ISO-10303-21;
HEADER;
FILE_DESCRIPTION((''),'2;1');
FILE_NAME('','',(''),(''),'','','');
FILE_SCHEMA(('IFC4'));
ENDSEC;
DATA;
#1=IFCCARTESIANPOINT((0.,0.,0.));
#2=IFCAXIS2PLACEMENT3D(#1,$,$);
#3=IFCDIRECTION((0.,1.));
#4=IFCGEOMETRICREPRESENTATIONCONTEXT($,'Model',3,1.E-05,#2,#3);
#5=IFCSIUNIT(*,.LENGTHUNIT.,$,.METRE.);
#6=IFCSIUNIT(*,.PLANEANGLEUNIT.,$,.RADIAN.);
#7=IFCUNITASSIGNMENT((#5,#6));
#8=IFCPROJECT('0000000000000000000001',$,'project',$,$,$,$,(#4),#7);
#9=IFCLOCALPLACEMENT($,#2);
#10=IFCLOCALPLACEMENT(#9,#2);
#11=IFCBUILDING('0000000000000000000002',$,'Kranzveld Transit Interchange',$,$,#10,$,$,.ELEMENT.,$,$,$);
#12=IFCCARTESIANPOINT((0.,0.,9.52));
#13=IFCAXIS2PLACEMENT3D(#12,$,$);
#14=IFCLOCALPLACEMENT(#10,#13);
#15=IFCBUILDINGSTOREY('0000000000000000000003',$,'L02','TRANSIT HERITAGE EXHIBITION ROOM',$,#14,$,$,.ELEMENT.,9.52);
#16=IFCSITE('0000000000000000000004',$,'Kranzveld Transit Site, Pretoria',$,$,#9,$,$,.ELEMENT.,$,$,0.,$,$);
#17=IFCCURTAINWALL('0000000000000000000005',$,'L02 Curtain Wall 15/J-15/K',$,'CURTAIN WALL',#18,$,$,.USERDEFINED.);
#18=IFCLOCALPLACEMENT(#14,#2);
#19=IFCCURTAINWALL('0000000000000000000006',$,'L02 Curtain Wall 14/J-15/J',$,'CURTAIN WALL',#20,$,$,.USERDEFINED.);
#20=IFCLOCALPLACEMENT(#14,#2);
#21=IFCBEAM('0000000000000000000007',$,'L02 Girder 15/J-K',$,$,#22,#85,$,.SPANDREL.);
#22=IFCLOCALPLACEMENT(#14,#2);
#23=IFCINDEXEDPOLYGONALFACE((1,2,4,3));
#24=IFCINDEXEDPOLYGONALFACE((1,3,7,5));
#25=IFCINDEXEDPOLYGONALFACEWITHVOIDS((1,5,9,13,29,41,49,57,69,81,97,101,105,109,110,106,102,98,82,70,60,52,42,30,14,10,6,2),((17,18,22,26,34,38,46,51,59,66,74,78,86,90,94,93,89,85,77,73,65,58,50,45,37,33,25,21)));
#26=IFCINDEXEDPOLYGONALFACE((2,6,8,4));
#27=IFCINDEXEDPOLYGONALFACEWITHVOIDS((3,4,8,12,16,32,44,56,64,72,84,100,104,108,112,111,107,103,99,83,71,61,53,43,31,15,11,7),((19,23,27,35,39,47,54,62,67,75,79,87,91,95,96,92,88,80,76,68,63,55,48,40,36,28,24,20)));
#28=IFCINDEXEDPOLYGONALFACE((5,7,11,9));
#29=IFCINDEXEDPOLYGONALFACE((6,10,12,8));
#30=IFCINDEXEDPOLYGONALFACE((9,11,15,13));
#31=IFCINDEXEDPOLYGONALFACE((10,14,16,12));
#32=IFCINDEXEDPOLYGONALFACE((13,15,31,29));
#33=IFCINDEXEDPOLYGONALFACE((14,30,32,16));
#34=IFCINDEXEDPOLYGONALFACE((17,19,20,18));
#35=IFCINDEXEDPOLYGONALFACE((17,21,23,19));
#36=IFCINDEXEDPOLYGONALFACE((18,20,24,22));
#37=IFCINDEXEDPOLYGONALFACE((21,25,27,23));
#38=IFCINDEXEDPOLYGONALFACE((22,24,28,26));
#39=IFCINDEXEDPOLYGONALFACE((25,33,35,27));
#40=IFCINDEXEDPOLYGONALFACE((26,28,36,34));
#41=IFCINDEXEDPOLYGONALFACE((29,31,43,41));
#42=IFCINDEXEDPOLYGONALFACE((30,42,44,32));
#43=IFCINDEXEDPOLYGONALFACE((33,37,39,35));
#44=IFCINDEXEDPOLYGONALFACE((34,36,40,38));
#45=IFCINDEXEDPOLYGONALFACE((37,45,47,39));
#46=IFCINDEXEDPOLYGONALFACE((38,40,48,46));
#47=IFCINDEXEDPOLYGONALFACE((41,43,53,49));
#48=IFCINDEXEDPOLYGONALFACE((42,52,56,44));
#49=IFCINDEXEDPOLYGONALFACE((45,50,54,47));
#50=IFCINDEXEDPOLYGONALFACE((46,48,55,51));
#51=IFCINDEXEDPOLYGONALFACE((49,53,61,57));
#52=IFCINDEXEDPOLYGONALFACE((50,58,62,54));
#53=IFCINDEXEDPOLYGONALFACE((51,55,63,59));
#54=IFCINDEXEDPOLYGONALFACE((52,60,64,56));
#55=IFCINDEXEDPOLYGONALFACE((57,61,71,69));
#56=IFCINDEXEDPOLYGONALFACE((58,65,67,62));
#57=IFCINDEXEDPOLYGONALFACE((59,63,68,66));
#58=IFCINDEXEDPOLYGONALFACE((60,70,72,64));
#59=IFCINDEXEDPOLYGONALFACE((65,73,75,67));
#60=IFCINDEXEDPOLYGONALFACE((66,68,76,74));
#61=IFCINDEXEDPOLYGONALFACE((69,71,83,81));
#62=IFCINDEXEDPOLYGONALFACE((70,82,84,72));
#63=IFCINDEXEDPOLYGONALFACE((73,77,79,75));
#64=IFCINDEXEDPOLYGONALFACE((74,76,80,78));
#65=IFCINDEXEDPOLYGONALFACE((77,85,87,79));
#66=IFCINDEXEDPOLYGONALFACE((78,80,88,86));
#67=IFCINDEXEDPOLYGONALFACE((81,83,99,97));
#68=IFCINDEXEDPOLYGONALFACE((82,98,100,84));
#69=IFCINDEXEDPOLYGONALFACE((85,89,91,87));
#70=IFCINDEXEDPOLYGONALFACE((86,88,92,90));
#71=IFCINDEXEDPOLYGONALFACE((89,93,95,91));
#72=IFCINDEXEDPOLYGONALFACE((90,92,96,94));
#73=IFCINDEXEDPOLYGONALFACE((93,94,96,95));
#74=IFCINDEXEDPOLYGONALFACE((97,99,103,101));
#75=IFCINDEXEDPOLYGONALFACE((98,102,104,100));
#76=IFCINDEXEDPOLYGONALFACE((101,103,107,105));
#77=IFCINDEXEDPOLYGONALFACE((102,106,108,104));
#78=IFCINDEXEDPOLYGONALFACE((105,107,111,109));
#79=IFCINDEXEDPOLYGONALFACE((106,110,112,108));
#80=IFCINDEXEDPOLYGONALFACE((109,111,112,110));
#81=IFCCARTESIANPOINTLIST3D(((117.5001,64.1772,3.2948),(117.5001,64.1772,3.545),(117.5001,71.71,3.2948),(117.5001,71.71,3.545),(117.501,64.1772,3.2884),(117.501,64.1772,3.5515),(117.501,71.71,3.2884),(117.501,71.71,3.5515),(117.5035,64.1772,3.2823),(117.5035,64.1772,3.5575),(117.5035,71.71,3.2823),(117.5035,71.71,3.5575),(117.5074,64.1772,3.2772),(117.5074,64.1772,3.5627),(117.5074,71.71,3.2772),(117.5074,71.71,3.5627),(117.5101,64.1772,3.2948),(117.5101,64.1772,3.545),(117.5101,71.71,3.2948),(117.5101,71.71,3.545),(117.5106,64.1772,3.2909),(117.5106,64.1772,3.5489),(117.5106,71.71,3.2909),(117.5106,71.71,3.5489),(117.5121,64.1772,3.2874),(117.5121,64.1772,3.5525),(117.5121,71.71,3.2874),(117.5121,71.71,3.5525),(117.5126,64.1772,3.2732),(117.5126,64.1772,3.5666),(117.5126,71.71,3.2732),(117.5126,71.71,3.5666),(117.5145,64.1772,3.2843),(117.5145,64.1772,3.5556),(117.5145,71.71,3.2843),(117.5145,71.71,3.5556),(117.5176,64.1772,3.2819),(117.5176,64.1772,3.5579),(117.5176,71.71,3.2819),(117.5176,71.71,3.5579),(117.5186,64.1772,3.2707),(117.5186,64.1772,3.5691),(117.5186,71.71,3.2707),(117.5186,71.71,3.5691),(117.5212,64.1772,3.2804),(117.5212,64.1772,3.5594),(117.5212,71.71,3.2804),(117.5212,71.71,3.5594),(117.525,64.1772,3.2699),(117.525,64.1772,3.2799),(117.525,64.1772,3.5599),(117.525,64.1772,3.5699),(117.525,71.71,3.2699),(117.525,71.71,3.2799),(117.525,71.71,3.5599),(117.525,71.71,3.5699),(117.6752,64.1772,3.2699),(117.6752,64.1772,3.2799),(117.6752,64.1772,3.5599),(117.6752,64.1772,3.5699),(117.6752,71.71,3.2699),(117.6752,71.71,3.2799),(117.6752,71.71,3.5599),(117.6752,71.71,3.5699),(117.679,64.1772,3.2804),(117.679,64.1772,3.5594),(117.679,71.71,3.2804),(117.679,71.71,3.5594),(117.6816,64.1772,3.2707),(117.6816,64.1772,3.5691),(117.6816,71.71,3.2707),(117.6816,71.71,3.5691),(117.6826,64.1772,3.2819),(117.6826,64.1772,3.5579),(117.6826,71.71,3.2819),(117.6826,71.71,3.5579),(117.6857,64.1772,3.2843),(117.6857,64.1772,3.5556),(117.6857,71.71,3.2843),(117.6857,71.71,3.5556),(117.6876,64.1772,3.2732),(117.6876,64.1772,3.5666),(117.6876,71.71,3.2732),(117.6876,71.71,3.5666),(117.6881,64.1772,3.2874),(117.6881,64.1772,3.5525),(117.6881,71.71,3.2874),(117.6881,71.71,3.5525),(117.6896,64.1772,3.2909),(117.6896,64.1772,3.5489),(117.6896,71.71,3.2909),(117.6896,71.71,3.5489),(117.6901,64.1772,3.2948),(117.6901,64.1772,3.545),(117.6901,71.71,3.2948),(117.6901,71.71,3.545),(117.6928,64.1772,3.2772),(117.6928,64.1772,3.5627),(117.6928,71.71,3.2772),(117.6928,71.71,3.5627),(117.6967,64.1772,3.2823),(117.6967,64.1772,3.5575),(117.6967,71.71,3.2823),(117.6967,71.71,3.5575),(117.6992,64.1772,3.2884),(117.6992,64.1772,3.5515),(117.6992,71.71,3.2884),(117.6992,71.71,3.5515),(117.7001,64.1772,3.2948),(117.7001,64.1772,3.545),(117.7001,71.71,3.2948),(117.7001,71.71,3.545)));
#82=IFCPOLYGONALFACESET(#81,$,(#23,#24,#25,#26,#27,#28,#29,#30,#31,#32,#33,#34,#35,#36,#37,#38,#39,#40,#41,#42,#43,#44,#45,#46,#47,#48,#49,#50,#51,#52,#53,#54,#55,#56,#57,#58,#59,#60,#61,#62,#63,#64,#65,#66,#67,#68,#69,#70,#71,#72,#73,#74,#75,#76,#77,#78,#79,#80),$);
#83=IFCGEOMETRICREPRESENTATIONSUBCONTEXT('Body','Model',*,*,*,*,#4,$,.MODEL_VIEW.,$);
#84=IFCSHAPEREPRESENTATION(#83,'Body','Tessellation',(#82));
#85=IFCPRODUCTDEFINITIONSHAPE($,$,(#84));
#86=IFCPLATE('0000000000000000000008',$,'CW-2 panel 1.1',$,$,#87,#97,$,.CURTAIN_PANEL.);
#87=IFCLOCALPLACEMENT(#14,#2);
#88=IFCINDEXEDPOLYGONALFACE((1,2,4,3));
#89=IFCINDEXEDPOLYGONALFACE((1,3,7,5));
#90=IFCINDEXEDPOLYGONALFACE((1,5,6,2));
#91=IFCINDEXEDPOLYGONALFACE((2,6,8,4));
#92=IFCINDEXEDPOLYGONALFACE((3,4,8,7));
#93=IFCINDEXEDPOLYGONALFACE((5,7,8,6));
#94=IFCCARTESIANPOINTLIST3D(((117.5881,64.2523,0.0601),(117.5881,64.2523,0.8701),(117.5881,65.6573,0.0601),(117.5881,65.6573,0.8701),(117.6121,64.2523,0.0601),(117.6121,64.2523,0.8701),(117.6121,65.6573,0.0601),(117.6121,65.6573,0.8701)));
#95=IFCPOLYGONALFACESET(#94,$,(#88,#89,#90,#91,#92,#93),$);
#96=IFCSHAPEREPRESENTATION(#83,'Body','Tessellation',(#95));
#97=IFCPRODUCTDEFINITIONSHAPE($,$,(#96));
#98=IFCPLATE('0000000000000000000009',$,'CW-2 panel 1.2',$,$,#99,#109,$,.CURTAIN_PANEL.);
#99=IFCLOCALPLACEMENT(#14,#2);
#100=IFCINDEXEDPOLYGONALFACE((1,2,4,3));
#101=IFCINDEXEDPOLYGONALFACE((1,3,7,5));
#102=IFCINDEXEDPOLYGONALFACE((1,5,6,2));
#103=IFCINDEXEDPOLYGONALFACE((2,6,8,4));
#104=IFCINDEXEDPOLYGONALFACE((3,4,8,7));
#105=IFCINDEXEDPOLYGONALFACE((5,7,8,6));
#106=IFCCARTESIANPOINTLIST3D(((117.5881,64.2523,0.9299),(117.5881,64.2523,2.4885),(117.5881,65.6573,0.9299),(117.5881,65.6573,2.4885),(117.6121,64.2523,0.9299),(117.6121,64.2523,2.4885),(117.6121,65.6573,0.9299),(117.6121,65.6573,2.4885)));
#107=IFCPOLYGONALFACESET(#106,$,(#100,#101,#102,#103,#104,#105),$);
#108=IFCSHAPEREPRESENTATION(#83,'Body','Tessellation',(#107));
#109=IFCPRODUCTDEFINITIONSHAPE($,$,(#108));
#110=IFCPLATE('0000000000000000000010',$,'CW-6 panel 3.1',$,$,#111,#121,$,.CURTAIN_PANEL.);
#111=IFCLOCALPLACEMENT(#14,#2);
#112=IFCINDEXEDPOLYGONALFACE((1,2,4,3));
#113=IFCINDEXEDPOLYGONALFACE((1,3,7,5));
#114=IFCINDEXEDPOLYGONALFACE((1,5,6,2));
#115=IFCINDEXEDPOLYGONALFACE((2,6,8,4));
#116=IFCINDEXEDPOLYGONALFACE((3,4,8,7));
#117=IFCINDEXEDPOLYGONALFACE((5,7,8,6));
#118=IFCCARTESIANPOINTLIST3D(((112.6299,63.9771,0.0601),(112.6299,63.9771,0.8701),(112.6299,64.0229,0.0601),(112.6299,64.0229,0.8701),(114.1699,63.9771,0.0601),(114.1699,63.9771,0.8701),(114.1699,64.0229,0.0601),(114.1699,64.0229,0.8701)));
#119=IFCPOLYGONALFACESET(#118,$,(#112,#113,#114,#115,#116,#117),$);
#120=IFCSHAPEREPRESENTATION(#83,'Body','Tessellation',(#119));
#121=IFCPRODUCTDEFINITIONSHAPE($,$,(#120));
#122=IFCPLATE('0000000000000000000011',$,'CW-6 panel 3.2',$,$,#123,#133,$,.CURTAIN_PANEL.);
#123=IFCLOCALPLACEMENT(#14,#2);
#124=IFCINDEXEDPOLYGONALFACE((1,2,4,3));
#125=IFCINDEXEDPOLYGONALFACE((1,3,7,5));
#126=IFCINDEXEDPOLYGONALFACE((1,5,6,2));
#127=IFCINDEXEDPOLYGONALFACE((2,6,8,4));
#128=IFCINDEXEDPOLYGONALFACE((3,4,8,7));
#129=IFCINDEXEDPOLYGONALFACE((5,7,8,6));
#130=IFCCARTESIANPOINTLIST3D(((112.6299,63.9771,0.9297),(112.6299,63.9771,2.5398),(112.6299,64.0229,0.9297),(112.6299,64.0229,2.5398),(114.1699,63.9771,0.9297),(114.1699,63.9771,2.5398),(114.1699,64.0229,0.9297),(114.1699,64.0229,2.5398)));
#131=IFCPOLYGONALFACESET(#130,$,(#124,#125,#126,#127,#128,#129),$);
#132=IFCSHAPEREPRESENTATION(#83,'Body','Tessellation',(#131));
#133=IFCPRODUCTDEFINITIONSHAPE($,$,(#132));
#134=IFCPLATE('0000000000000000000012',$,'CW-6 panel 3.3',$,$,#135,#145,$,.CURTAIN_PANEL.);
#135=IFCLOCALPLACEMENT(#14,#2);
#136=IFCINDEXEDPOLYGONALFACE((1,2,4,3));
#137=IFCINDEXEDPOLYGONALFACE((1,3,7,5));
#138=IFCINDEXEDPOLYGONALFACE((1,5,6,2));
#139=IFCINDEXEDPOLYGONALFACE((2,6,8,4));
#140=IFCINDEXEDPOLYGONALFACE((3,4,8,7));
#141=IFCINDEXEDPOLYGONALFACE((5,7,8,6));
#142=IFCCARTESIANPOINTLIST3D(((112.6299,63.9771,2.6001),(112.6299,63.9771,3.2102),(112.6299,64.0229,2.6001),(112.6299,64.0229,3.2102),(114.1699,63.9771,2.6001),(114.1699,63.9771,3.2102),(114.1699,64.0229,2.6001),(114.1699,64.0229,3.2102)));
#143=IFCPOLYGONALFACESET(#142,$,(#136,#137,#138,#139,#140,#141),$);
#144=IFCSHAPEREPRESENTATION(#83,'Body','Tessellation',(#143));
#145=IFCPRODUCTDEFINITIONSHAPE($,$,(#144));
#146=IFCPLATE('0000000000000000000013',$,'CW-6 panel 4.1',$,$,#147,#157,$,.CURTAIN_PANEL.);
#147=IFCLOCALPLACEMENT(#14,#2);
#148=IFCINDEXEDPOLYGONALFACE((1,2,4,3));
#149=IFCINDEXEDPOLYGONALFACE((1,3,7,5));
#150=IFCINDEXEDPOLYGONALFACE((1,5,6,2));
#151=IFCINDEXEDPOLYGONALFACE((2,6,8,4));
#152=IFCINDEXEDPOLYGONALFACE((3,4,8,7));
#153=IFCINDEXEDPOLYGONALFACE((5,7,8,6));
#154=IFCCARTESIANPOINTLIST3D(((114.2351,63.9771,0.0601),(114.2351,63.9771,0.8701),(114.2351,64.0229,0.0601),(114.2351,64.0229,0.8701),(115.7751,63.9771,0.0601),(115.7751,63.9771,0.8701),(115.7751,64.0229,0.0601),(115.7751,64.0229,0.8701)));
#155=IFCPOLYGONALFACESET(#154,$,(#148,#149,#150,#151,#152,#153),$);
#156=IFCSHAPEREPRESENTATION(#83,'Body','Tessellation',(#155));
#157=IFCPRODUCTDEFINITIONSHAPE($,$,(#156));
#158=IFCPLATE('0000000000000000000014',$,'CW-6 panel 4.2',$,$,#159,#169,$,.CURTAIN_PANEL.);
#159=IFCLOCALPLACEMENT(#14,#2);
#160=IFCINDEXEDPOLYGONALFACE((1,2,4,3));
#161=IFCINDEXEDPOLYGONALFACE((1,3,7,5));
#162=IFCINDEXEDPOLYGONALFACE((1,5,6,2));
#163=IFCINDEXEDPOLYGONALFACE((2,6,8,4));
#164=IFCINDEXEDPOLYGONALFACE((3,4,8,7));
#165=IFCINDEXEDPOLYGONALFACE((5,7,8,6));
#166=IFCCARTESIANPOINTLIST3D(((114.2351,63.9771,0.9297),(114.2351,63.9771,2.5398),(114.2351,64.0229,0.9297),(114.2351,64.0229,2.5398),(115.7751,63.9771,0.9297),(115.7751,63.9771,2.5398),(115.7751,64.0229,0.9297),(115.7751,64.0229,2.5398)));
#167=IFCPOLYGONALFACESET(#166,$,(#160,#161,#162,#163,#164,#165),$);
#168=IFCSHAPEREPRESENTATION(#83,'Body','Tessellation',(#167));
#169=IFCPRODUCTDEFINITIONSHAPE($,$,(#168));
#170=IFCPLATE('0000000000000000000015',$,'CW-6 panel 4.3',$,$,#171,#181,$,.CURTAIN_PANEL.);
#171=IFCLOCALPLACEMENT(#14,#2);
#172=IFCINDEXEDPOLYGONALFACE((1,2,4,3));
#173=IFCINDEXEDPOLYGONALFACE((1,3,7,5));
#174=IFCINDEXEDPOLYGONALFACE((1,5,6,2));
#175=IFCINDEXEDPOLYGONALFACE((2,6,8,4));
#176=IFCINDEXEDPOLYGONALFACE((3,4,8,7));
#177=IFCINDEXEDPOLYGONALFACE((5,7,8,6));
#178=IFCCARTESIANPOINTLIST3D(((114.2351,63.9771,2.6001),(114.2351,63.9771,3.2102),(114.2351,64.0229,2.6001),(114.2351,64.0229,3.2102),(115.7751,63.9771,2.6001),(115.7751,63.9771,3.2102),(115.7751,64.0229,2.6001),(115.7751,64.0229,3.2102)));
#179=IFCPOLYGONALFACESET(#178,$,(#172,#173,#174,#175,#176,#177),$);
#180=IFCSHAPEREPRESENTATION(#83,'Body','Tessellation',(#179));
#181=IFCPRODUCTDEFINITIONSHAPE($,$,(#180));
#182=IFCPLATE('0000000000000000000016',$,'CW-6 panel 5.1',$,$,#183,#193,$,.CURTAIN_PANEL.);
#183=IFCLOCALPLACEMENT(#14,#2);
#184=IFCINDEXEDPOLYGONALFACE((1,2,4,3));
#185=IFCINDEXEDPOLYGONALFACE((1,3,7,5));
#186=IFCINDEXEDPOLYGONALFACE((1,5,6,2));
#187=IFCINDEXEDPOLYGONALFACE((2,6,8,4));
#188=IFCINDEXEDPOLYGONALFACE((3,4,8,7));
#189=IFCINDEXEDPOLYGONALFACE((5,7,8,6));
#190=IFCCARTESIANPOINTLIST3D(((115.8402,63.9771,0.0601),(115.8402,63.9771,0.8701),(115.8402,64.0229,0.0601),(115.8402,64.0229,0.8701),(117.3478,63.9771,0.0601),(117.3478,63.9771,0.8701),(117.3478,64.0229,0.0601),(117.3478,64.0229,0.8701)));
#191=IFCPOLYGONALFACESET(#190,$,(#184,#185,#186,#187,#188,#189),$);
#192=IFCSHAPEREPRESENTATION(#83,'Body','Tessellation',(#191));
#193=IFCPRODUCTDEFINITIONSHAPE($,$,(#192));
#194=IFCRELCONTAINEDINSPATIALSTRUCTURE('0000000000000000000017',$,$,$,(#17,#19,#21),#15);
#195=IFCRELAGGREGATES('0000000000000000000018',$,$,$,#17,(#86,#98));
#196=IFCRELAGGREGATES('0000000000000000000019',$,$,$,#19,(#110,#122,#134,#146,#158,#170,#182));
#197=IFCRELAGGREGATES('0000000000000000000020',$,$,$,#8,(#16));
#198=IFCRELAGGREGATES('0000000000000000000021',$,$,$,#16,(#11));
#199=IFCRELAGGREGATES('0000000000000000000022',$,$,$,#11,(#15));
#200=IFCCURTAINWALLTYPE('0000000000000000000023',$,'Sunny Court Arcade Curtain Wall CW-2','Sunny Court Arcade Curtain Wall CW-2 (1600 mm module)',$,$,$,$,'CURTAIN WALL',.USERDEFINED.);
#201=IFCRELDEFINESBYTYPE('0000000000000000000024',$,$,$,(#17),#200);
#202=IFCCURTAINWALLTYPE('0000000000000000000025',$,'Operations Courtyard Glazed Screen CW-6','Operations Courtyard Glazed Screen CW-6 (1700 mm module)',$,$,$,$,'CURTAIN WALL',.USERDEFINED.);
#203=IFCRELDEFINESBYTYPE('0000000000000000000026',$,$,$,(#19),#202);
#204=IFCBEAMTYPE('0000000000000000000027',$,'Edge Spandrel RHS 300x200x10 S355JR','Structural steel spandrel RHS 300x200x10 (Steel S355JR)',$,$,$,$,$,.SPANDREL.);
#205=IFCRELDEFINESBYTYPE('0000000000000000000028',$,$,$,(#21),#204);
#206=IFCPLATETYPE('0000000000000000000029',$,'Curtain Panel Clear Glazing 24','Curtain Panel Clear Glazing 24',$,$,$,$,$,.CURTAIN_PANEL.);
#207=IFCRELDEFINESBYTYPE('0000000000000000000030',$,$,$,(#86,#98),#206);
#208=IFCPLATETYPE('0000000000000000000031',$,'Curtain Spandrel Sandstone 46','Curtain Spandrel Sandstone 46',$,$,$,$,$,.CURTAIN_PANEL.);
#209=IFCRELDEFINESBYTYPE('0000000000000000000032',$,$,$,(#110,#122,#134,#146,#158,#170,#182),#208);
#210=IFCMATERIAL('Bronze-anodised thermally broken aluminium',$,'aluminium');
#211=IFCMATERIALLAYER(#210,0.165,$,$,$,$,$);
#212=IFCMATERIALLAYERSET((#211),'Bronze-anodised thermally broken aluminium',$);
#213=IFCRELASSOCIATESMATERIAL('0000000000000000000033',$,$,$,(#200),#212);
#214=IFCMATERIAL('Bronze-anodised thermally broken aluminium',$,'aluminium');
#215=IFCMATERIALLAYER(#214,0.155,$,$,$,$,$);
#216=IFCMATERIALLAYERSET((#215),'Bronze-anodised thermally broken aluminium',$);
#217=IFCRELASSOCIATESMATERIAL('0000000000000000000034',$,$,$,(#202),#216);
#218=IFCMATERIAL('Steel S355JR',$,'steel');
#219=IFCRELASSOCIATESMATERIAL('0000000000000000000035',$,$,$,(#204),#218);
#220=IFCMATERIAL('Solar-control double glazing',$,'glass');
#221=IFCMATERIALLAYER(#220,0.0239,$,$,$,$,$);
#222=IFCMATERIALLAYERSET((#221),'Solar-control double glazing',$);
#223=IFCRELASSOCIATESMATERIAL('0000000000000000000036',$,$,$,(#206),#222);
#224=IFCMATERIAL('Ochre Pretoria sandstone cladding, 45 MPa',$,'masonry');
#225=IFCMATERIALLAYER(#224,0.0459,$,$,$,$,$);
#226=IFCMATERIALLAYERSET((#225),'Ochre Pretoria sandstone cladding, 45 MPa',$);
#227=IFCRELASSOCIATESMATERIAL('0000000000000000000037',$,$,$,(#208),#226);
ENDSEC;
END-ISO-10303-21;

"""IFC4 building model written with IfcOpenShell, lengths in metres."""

from ifc_helpers import new_model, si_unit, direction, frame, origin, origin_2d, place, context, subcontext, project, spatial, rectangle, hollow_rectangle, extrude, material, layer, layer_set, material_profile, profile_set, type_object, element, aggregate, save


model = new_model("IFC4")

# Units and contexts
model_context = context("Model", 3, precision=1e-05, world=origin(), true_north=direction((0.0, 1.0)))
body_context = subcontext(model_context, "Body", "Model", "MODEL_VIEW")
ifc_project = project(units=[si_unit("LENGTHUNIT", "METRE"), si_unit("PLANEANGLEUNIT", "RADIAN")], contexts=[model_context])

# Site, building, storey
site_placement = place(None, origin())
site = spatial("IfcSite", under=ifc_project, at=site_placement, Name="Kranzveld Transit Site, Pretoria", CompositionType="ELEMENT", RefElevation=0.0)
building_placement = place(site_placement, origin())
building = spatial("IfcBuilding", under=site, at=building_placement, Name="Kranzveld Transit Interchange", CompositionType="ELEMENT")
storey_placement = place(building_placement, frame((0.0, 0.0, 9.52)))
storey = spatial("IfcBuildingStorey", under=building, at=storey_placement, Name="L02", Description="TRANSIT HERITAGE EXHIBITION ROOM", CompositionType="ELEMENT", Elevation=9.52)

# Curtain wall
ifc_material_1 = material(Name="Bronze-anodised thermally broken aluminium", Category="aluminium")
ifc_layer_1 = layer(ifc_material_1, 0.165)
ifc_layer_set_1 = layer_set([ifc_layer_1], Name="Bronze-anodised thermally broken aluminium")
curtain_wall_type_1 = type_object("IfcCurtainWallType", Name="Sunny Court Arcade Curtain Wall CW-2", Description="Sunny Court Arcade Curtain Wall CW-2 (1600 mm module)", ElementType="CURTAIN WALL", PredefinedType="USERDEFINED", material=ifc_layer_set_1)
curtain_wall_1_placement = place(storey_placement, origin())
curtain_wall_1 = element("IfcCurtainWall", 1, at=curtain_wall_1_placement, inside=storey, type_object=curtain_wall_type_1, Name="L02 Curtain Wall 15/J-15/K", ObjectType="CURTAIN WALL", PredefinedType="USERDEFINED")

# Curtain wall
ifc_material_2 = material(Name="Bronze-anodised thermally broken aluminium", Category="aluminium")
ifc_layer_2 = layer(ifc_material_2, 0.155)
ifc_layer_set_2 = layer_set([ifc_layer_2], Name="Bronze-anodised thermally broken aluminium")
curtain_wall_type_2 = type_object("IfcCurtainWallType", Name="Operations Courtyard Glazed Screen CW-6", Description="Operations Courtyard Glazed Screen CW-6 (1700 mm module)", ElementType="CURTAIN WALL", PredefinedType="USERDEFINED", material=ifc_layer_set_2)
curtain_wall_2_placement = place(storey_placement, origin())
curtain_wall_2 = element("IfcCurtainWall", 2, at=curtain_wall_2_placement, inside=storey, type_object=curtain_wall_type_2, Name="L02 Curtain Wall 14/J-15/J", ObjectType="CURTAIN WALL", PredefinedType="USERDEFINED")

# Beam
ifc_material_3 = material(Name="Steel S355JR", Category="steel")
ifc_material_profile_1 = material_profile(ifc_material_3, hollow_rectangle(XDim=0.2, YDim=0.3, WallThickness=0.01, InnerFilletRadius=0.0149, OuterFilletRadius=0.0249, at=origin_2d()), Name="RHS 300x200x10")
ifc_profile_set_1 = profile_set([ifc_material_profile_1], Name="Steel S355JR")
beam_type_1 = type_object("IfcBeamType", Name="Edge Spandrel RHS 300x200x10 S355JR", Description="Structural steel spandrel RHS 300x200x10 (Steel S355JR)", PredefinedType="SPANDREL", material=ifc_profile_set_1)
beam_1_placement = place(storey_placement, frame((117.6001, 64.1772, 3.4199), z_axis=(0.0, 1.0, 0.0), x_axis=(-1.0, 0.0, 0.0)))
element("IfcBeam", 3, at=beam_1_placement, inside=storey, type_object=beam_type_1, Name="L02 Girder 15/J-K", PredefinedType="SPANDREL", context=body_context, shape_type="SweptSolid", body=[
    extrude(hollow_rectangle(XDim=0.2, YDim=0.3, WallThickness=0.01, InnerFilletRadius=0.0149, OuterFilletRadius=0.0249, at=origin_2d()), origin(), (0.0, 0.0, 1.0), 7.5327),
])

# Plates
ifc_material_4 = material(Name="Solar-control double glazing", Category="glass")
ifc_layer_3 = layer(ifc_material_4, 0.0239)
ifc_layer_set_3 = layer_set([ifc_layer_3], Name="Solar-control double glazing")
plate_type_1 = type_object("IfcPlateType", Name="Curtain Panel Clear Glazing 24", Description="Curtain Panel Clear Glazing 24", PredefinedType="CURTAIN_PANEL", material=ifc_layer_set_3)
plate_1_placement = place(storey_placement, frame((117.6001, 64.9548, 0.0601), z_axis=(0.0, 0.0, 1.0), x_axis=(0.0, 1.0, 0.0)))
plate_1 = element("IfcPlate", 4, at=plate_1_placement, type_object=plate_type_1, Name="CW-2 panel 1.1", PredefinedType="CURTAIN_PANEL", context=body_context, shape_type="SweptSolid", body=[
    extrude(rectangle(XDim=1.405, YDim=0.0239, at=origin_2d()), origin(), (0.0, 0.0, 1.0), 0.8101),
])
plate_2_placement = place(storey_placement, frame((117.6001, 64.9548, 0.9299), z_axis=(0.0, 0.0, 1.0), x_axis=(0.0, 1.0, 0.0)))
plate_2 = element("IfcPlate", 5, at=plate_2_placement, type_object=plate_type_1, Name="CW-2 panel 1.2", PredefinedType="CURTAIN_PANEL", context=body_context, shape_type="SweptSolid", body=[
    extrude(rectangle(XDim=1.405, YDim=0.0239, at=origin_2d()), origin(), (0.0, 0.0, 1.0), 1.5586),
])
aggregate(curtain_wall_1, [plate_1, plate_2])
ifc_material_5 = material(Name="Ochre Pretoria sandstone cladding, 45 MPa", Category="masonry")
ifc_layer_4 = layer(ifc_material_5, 0.0459)
ifc_layer_set_4 = layer_set([ifc_layer_4], Name="Ochre Pretoria sandstone cladding, 45 MPa")
plate_type_2 = type_object("IfcPlateType", Name="Curtain Spandrel Sandstone 46", Description="Curtain Spandrel Sandstone 46", PredefinedType="CURTAIN_PANEL", material=ifc_layer_set_4)
plate_3_placement = place(storey_placement, frame((113.3999, 64.0, 0.0601), z_axis=(0.0, 0.0, 1.0), x_axis=(1.0, 0.0, 0.0)))
plate_3 = element("IfcPlate", 6, at=plate_3_placement, type_object=plate_type_2, Name="CW-6 panel 3.1", PredefinedType="CURTAIN_PANEL", context=body_context, shape_type="SweptSolid", body=[
    extrude(rectangle(XDim=1.54, YDim=0.0459, at=origin_2d()), origin(), (0.0, 0.0, 1.0), 0.8101),
])
plate_4_placement = place(storey_placement, frame((113.3999, 64.0, 0.9297), z_axis=(0.0, 0.0, 1.0), x_axis=(1.0, 0.0, 0.0)))
plate_4 = element("IfcPlate", 7, at=plate_4_placement, type_object=plate_type_2, Name="CW-6 panel 3.2", PredefinedType="CURTAIN_PANEL", context=body_context, shape_type="SweptSolid", body=[
    extrude(rectangle(XDim=1.54, YDim=0.0459, at=origin_2d()), origin(), (0.0, 0.0, 1.0), 1.6101),
])
plate_5_placement = place(storey_placement, frame((113.3999, 64.0, 2.6001), z_axis=(0.0, 0.0, 1.0), x_axis=(1.0, 0.0, 0.0)))
plate_5 = element("IfcPlate", 8, at=plate_5_placement, type_object=plate_type_2, Name="CW-6 panel 3.3", PredefinedType="CURTAIN_PANEL", context=body_context, shape_type="SweptSolid", body=[
    extrude(rectangle(XDim=1.54, YDim=0.0459, at=origin_2d()), origin(), (0.0, 0.0, 1.0), 0.6101),
])
plate_6_placement = place(storey_placement, frame((115.0051, 64.0, 0.0601), z_axis=(0.0, 0.0, 1.0), x_axis=(1.0, 0.0, 0.0)))
plate_6 = element("IfcPlate", 9, at=plate_6_placement, type_object=plate_type_2, Name="CW-6 panel 4.1", PredefinedType="CURTAIN_PANEL", context=body_context, shape_type="SweptSolid", body=[
    extrude(rectangle(XDim=1.54, YDim=0.0459, at=origin_2d()), origin(), (0.0, 0.0, 1.0), 0.8101),
])
plate_7_placement = place(storey_placement, frame((115.0051, 64.0, 0.9297), z_axis=(0.0, 0.0, 1.0), x_axis=(1.0, 0.0, 0.0)))
plate_7 = element("IfcPlate", 10, at=plate_7_placement, type_object=plate_type_2, Name="CW-6 panel 4.2", PredefinedType="CURTAIN_PANEL", context=body_context, shape_type="SweptSolid", body=[
    extrude(rectangle(XDim=1.54, YDim=0.0459, at=origin_2d()), origin(), (0.0, 0.0, 1.0), 1.6101),
])
plate_8_placement = place(storey_placement, frame((115.0051, 64.0, 2.6001), z_axis=(0.0, 0.0, 1.0), x_axis=(1.0, 0.0, 0.0)))
plate_8 = element("IfcPlate", 11, at=plate_8_placement, type_object=plate_type_2, Name="CW-6 panel 4.3", PredefinedType="CURTAIN_PANEL", context=body_context, shape_type="SweptSolid", body=[
    extrude(rectangle(XDim=1.54, YDim=0.0459, at=origin_2d()), origin(), (0.0, 0.0, 1.0), 0.6101),
])
plate_9_placement = place(storey_placement, frame((116.594, 64.0, 0.0601), z_axis=(0.0, 0.0, 1.0), x_axis=(1.0, 0.0, 0.0)))
plate_9 = element("IfcPlate", 12, at=plate_9_placement, type_object=plate_type_2, Name="CW-6 panel 5.1", PredefinedType="CURTAIN_PANEL", context=body_context, shape_type="SweptSolid", body=[
    extrude(rectangle(XDim=1.5076, YDim=0.0459, at=origin_2d()), origin(), (0.0, 0.0, 1.0), 0.8101),
])
aggregate(curtain_wall_2, [plate_3, plate_4, plate_5, plate_6, plate_7, plate_8, plate_9])

save(model, "model.ifc")
